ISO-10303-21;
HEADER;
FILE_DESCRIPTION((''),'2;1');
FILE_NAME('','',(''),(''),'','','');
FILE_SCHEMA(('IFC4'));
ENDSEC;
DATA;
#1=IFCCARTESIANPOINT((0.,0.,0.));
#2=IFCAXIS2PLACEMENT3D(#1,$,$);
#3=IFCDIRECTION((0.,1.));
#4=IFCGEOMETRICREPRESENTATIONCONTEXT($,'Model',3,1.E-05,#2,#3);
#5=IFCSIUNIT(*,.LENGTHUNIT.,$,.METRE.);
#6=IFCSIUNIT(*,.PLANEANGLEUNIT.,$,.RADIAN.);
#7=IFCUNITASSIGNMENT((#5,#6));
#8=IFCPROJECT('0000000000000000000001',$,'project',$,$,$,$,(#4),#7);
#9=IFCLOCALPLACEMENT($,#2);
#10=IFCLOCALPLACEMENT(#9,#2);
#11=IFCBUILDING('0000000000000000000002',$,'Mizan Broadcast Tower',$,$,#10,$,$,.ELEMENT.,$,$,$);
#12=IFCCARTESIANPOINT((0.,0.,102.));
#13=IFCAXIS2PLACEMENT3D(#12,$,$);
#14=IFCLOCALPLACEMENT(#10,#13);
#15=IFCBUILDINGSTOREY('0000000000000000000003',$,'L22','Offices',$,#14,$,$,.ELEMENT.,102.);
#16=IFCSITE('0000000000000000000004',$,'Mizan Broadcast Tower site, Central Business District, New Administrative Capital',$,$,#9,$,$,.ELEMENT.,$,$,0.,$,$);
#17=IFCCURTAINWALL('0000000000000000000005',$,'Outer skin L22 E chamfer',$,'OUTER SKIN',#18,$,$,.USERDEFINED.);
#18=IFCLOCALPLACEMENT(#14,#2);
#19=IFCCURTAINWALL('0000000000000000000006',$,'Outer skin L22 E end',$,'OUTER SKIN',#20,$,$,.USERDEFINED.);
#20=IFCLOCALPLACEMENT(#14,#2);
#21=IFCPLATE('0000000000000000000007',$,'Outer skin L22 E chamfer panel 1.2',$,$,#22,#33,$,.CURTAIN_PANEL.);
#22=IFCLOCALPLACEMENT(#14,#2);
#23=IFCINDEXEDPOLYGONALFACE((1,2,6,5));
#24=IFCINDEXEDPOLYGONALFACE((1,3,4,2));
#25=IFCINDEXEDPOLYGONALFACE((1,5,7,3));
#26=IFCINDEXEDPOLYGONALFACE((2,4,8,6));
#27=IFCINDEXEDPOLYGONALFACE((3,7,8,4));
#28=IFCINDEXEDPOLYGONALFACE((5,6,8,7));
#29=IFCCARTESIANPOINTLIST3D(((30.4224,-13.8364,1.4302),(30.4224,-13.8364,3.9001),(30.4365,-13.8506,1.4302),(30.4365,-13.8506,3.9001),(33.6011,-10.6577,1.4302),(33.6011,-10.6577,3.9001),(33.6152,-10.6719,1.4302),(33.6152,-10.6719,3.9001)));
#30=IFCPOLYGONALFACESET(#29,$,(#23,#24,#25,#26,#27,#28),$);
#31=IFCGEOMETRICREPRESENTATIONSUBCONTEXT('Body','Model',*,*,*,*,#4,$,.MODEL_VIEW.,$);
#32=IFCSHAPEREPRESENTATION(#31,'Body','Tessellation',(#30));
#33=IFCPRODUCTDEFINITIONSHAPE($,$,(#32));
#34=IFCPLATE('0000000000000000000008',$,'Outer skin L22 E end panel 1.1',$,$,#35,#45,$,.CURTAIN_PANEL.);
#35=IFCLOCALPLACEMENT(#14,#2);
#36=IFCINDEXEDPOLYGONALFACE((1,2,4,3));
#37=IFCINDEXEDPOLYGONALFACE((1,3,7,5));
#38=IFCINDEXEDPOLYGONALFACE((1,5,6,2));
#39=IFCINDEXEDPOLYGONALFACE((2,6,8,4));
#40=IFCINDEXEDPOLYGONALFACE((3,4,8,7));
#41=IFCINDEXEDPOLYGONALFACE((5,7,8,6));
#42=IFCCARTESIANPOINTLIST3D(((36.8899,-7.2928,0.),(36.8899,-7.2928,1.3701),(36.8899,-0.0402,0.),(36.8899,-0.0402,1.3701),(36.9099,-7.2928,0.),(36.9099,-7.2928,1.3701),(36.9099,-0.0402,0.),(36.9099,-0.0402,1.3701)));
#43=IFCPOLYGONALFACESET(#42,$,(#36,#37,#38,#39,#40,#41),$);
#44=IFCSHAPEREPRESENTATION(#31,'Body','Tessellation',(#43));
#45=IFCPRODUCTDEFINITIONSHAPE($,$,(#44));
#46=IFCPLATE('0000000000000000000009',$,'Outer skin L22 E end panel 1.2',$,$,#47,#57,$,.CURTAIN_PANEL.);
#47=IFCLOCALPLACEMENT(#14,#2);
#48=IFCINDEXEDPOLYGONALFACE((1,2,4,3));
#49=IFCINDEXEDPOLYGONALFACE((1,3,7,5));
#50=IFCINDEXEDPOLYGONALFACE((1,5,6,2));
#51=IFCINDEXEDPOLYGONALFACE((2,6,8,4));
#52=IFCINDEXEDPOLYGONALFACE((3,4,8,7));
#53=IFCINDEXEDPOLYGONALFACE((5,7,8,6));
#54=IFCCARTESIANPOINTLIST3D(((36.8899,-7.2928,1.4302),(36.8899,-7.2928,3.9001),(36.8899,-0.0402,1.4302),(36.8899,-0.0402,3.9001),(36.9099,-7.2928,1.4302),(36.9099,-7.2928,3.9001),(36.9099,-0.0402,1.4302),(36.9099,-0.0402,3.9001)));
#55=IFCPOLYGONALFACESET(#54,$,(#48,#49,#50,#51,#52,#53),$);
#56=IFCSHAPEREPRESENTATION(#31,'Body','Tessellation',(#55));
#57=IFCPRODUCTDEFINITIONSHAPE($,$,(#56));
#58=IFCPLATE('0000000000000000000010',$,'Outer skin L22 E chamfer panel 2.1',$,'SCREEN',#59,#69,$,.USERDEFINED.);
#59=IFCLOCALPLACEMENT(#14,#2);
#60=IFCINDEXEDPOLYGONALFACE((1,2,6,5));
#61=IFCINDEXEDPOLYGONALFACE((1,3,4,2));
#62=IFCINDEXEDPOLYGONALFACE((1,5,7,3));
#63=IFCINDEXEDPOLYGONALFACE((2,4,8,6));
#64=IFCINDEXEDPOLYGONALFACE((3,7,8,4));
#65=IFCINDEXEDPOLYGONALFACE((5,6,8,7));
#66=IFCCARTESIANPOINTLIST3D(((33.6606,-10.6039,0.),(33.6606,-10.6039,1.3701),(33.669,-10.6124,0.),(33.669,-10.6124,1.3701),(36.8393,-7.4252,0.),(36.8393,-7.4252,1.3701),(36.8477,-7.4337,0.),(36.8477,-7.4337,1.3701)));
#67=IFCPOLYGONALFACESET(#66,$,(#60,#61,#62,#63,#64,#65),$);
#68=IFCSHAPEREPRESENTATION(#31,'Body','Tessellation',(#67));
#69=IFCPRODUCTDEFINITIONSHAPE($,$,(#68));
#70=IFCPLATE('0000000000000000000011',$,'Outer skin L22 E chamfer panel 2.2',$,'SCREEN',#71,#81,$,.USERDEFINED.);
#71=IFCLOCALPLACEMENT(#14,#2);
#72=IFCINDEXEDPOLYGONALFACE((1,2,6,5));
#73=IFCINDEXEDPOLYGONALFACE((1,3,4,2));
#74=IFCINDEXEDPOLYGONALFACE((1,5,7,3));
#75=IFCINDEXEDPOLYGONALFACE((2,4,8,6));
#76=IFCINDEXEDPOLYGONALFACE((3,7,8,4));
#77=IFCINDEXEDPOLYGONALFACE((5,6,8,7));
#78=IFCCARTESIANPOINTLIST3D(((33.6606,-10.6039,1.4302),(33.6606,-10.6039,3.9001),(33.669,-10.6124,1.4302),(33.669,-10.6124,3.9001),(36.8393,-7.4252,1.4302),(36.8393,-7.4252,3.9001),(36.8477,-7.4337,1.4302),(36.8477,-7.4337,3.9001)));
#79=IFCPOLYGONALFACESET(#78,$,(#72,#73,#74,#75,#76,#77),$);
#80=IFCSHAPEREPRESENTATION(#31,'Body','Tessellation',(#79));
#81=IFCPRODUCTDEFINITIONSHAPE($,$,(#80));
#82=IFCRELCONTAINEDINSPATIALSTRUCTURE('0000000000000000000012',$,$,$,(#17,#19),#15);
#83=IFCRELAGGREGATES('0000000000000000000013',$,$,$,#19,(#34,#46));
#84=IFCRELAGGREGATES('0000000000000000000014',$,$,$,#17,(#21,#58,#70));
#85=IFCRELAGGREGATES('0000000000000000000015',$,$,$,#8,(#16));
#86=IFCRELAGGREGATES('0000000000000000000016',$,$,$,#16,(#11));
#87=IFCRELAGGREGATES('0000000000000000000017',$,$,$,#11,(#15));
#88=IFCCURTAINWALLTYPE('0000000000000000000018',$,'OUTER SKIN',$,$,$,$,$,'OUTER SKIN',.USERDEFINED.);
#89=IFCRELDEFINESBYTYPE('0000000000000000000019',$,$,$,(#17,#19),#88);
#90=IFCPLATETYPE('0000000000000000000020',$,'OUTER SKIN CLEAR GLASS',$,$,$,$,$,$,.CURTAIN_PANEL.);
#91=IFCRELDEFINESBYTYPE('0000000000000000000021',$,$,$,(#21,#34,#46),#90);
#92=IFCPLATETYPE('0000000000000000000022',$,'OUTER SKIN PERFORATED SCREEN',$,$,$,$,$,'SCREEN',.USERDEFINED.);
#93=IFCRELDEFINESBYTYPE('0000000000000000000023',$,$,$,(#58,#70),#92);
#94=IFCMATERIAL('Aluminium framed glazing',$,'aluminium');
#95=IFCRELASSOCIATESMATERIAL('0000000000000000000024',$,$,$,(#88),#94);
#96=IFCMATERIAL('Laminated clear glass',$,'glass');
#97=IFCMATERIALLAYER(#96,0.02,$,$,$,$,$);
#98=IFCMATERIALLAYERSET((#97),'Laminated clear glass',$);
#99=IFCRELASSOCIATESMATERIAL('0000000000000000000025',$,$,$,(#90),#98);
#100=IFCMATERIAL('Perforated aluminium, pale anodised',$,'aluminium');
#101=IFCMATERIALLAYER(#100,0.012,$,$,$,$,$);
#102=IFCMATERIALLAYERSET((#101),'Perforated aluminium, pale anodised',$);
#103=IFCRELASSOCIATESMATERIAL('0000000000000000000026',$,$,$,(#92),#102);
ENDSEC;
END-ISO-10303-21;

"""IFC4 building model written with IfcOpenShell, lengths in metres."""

from ifc_helpers import new_model, si_unit, direction, frame, origin, origin_2d, place, context, subcontext, project, spatial, rectangle, extrude, material, layer, layer_set, type_object, element, aggregate, save


model = new_model("IFC4")

# Units and contexts
model_context = context("Model", 3, precision=1e-05, world=origin(), true_north=direction((0.0, 1.0)))
body_context = subcontext(model_context, "Body", "Model", "MODEL_VIEW")
ifc_project = project(units=[si_unit("LENGTHUNIT", "METRE"), si_unit("PLANEANGLEUNIT", "RADIAN")], contexts=[model_context])

# Site, building, storey
site_placement = place(None, origin())
site = spatial("IfcSite", under=ifc_project, at=site_placement, Name="Mizan Broadcast Tower site, Central Business District, New Administrative Capital", CompositionType="ELEMENT", RefElevation=0.0)
building_placement = place(site_placement, origin())
building = spatial("IfcBuilding", under=site, at=building_placement, Name="Mizan Broadcast Tower", CompositionType="ELEMENT")
storey_placement = place(building_placement, frame((0.0, 0.0, 102.0)))
storey = spatial("IfcBuildingStorey", under=building, at=storey_placement, Name="L22", Description="Offices", CompositionType="ELEMENT", Elevation=102.0)

# Curtain wall
ifc_material_1 = material(Name="Aluminium framed glazing", Category="aluminium")
curtain_wall_type_1 = type_object("IfcCurtainWallType", Name="OUTER SKIN", ElementType="OUTER SKIN", PredefinedType="USERDEFINED", material=ifc_material_1)
curtain_wall_1_placement = place(storey_placement, origin())
curtain_wall_1 = element("IfcCurtainWall", 1, at=curtain_wall_1_placement, inside=storey, type_object=curtain_wall_type_1, Name="Outer skin L22 E chamfer", ObjectType="OUTER SKIN", PredefinedType="USERDEFINED")

# Curtain wall
curtain_wall_2_placement = place(storey_placement, origin())
curtain_wall_2 = element("IfcCurtainWall", 2, at=curtain_wall_2_placement, inside=storey, type_object=curtain_wall_type_1, Name="Outer skin L22 E end", ObjectType="OUTER SKIN", PredefinedType="USERDEFINED")

# Plates
ifc_material_2 = material(Name="Laminated clear glass", Category="glass")
ifc_layer_1 = layer(ifc_material_2, 0.02)
ifc_layer_set_1 = layer_set([ifc_layer_1], Name="Laminated clear glass")
plate_type_1 = type_object("IfcPlateType", Name="OUTER SKIN CLEAR GLASS", PredefinedType="CURTAIN_PANEL", material=ifc_layer_set_1)
plate_1_placement = place(storey_placement, frame((32.0188, -12.2542, 1.4302), z_axis=(0.0, 0.0, 1.0), x_axis=(0.707107, 0.707107, 0.0)))
plate_1 = element("IfcPlate", 3, at=plate_1_placement, type_object=plate_type_1, Name="Outer skin L22 E chamfer panel 1.2", PredefinedType="CURTAIN_PANEL", context=body_context, shape_type="SweptSolid", body=[
    extrude(rectangle(XDim=4.4954, YDim=0.02, at=origin_2d()), origin(), (0.0, 0.0, 1.0), 2.47),
])
plate_2_placement = place(storey_placement, frame((36.8999, -3.6665, 0.0), z_axis=(0.0, 0.0, 1.0), x_axis=(0.0, 1.0, 0.0)))
plate_2 = element("IfcPlate", 4, at=plate_2_placement, type_object=plate_type_1, Name="Outer skin L22 E end panel 1.1", PredefinedType="CURTAIN_PANEL", context=body_context, shape_type="SweptSolid", body=[
    extrude(rectangle(XDim=7.2527, YDim=0.02, at=origin_2d()), origin(), (0.0, 0.0, 1.0), 1.3701),
])
plate_3_placement = place(storey_placement, frame((36.8999, -3.6665, 1.4302), z_axis=(0.0, 0.0, 1.0), x_axis=(0.0, 1.0, 0.0)))
plate_3 = element("IfcPlate", 5, at=plate_3_placement, type_object=plate_type_1, Name="Outer skin L22 E end panel 1.2", PredefinedType="CURTAIN_PANEL", context=body_context, shape_type="SweptSolid", body=[
    extrude(rectangle(XDim=7.2527, YDim=0.02, at=origin_2d()), origin(), (0.0, 0.0, 1.0), 2.47),
])
aggregate(curtain_wall_2, [plate_2, plate_3])
ifc_material_3 = material(Name="Perforated aluminium, pale anodised", Category="aluminium")
ifc_layer_2 = layer(ifc_material_3, 0.012)
ifc_layer_set_2 = layer_set([ifc_layer_2], Name="Perforated aluminium, pale anodised")
plate_type_2 = type_object("IfcPlateType", Name="OUTER SKIN PERFORATED SCREEN", ElementType="SCREEN", PredefinedType="USERDEFINED", material=ifc_layer_set_2)
plate_4_placement = place(storey_placement, frame((35.2542, -9.0188, 0.0), z_axis=(0.0, 0.0, 1.0), x_axis=(0.707107, 0.707107, 0.0)))
plate_4 = element("IfcPlate", 6, at=plate_4_placement, type_object=plate_type_2, Name="Outer skin L22 E chamfer panel 2.1", ObjectType="SCREEN", PredefinedType="USERDEFINED", context=body_context, shape_type="SweptSolid", body=[
    extrude(rectangle(XDim=4.4954, YDim=0.012, at=origin_2d()), origin(), (0.0, 0.0, 1.0), 1.3701),
])
plate_5_placement = place(storey_placement, frame((35.2542, -9.0188, 1.4302), z_axis=(0.0, 0.0, 1.0), x_axis=(0.707107, 0.707107, 0.0)))
plate_5 = element("IfcPlate", 7, at=plate_5_placement, type_object=plate_type_2, Name="Outer skin L22 E chamfer panel 2.2", ObjectType="SCREEN", PredefinedType="USERDEFINED", context=body_context, shape_type="SweptSolid", body=[
    extrude(rectangle(XDim=4.4954, YDim=0.012, at=origin_2d()), origin(), (0.0, 0.0, 1.0), 2.47),
])
aggregate(curtain_wall_1, [plate_1, plate_4, plate_5])

save(model, "model.ifc")
